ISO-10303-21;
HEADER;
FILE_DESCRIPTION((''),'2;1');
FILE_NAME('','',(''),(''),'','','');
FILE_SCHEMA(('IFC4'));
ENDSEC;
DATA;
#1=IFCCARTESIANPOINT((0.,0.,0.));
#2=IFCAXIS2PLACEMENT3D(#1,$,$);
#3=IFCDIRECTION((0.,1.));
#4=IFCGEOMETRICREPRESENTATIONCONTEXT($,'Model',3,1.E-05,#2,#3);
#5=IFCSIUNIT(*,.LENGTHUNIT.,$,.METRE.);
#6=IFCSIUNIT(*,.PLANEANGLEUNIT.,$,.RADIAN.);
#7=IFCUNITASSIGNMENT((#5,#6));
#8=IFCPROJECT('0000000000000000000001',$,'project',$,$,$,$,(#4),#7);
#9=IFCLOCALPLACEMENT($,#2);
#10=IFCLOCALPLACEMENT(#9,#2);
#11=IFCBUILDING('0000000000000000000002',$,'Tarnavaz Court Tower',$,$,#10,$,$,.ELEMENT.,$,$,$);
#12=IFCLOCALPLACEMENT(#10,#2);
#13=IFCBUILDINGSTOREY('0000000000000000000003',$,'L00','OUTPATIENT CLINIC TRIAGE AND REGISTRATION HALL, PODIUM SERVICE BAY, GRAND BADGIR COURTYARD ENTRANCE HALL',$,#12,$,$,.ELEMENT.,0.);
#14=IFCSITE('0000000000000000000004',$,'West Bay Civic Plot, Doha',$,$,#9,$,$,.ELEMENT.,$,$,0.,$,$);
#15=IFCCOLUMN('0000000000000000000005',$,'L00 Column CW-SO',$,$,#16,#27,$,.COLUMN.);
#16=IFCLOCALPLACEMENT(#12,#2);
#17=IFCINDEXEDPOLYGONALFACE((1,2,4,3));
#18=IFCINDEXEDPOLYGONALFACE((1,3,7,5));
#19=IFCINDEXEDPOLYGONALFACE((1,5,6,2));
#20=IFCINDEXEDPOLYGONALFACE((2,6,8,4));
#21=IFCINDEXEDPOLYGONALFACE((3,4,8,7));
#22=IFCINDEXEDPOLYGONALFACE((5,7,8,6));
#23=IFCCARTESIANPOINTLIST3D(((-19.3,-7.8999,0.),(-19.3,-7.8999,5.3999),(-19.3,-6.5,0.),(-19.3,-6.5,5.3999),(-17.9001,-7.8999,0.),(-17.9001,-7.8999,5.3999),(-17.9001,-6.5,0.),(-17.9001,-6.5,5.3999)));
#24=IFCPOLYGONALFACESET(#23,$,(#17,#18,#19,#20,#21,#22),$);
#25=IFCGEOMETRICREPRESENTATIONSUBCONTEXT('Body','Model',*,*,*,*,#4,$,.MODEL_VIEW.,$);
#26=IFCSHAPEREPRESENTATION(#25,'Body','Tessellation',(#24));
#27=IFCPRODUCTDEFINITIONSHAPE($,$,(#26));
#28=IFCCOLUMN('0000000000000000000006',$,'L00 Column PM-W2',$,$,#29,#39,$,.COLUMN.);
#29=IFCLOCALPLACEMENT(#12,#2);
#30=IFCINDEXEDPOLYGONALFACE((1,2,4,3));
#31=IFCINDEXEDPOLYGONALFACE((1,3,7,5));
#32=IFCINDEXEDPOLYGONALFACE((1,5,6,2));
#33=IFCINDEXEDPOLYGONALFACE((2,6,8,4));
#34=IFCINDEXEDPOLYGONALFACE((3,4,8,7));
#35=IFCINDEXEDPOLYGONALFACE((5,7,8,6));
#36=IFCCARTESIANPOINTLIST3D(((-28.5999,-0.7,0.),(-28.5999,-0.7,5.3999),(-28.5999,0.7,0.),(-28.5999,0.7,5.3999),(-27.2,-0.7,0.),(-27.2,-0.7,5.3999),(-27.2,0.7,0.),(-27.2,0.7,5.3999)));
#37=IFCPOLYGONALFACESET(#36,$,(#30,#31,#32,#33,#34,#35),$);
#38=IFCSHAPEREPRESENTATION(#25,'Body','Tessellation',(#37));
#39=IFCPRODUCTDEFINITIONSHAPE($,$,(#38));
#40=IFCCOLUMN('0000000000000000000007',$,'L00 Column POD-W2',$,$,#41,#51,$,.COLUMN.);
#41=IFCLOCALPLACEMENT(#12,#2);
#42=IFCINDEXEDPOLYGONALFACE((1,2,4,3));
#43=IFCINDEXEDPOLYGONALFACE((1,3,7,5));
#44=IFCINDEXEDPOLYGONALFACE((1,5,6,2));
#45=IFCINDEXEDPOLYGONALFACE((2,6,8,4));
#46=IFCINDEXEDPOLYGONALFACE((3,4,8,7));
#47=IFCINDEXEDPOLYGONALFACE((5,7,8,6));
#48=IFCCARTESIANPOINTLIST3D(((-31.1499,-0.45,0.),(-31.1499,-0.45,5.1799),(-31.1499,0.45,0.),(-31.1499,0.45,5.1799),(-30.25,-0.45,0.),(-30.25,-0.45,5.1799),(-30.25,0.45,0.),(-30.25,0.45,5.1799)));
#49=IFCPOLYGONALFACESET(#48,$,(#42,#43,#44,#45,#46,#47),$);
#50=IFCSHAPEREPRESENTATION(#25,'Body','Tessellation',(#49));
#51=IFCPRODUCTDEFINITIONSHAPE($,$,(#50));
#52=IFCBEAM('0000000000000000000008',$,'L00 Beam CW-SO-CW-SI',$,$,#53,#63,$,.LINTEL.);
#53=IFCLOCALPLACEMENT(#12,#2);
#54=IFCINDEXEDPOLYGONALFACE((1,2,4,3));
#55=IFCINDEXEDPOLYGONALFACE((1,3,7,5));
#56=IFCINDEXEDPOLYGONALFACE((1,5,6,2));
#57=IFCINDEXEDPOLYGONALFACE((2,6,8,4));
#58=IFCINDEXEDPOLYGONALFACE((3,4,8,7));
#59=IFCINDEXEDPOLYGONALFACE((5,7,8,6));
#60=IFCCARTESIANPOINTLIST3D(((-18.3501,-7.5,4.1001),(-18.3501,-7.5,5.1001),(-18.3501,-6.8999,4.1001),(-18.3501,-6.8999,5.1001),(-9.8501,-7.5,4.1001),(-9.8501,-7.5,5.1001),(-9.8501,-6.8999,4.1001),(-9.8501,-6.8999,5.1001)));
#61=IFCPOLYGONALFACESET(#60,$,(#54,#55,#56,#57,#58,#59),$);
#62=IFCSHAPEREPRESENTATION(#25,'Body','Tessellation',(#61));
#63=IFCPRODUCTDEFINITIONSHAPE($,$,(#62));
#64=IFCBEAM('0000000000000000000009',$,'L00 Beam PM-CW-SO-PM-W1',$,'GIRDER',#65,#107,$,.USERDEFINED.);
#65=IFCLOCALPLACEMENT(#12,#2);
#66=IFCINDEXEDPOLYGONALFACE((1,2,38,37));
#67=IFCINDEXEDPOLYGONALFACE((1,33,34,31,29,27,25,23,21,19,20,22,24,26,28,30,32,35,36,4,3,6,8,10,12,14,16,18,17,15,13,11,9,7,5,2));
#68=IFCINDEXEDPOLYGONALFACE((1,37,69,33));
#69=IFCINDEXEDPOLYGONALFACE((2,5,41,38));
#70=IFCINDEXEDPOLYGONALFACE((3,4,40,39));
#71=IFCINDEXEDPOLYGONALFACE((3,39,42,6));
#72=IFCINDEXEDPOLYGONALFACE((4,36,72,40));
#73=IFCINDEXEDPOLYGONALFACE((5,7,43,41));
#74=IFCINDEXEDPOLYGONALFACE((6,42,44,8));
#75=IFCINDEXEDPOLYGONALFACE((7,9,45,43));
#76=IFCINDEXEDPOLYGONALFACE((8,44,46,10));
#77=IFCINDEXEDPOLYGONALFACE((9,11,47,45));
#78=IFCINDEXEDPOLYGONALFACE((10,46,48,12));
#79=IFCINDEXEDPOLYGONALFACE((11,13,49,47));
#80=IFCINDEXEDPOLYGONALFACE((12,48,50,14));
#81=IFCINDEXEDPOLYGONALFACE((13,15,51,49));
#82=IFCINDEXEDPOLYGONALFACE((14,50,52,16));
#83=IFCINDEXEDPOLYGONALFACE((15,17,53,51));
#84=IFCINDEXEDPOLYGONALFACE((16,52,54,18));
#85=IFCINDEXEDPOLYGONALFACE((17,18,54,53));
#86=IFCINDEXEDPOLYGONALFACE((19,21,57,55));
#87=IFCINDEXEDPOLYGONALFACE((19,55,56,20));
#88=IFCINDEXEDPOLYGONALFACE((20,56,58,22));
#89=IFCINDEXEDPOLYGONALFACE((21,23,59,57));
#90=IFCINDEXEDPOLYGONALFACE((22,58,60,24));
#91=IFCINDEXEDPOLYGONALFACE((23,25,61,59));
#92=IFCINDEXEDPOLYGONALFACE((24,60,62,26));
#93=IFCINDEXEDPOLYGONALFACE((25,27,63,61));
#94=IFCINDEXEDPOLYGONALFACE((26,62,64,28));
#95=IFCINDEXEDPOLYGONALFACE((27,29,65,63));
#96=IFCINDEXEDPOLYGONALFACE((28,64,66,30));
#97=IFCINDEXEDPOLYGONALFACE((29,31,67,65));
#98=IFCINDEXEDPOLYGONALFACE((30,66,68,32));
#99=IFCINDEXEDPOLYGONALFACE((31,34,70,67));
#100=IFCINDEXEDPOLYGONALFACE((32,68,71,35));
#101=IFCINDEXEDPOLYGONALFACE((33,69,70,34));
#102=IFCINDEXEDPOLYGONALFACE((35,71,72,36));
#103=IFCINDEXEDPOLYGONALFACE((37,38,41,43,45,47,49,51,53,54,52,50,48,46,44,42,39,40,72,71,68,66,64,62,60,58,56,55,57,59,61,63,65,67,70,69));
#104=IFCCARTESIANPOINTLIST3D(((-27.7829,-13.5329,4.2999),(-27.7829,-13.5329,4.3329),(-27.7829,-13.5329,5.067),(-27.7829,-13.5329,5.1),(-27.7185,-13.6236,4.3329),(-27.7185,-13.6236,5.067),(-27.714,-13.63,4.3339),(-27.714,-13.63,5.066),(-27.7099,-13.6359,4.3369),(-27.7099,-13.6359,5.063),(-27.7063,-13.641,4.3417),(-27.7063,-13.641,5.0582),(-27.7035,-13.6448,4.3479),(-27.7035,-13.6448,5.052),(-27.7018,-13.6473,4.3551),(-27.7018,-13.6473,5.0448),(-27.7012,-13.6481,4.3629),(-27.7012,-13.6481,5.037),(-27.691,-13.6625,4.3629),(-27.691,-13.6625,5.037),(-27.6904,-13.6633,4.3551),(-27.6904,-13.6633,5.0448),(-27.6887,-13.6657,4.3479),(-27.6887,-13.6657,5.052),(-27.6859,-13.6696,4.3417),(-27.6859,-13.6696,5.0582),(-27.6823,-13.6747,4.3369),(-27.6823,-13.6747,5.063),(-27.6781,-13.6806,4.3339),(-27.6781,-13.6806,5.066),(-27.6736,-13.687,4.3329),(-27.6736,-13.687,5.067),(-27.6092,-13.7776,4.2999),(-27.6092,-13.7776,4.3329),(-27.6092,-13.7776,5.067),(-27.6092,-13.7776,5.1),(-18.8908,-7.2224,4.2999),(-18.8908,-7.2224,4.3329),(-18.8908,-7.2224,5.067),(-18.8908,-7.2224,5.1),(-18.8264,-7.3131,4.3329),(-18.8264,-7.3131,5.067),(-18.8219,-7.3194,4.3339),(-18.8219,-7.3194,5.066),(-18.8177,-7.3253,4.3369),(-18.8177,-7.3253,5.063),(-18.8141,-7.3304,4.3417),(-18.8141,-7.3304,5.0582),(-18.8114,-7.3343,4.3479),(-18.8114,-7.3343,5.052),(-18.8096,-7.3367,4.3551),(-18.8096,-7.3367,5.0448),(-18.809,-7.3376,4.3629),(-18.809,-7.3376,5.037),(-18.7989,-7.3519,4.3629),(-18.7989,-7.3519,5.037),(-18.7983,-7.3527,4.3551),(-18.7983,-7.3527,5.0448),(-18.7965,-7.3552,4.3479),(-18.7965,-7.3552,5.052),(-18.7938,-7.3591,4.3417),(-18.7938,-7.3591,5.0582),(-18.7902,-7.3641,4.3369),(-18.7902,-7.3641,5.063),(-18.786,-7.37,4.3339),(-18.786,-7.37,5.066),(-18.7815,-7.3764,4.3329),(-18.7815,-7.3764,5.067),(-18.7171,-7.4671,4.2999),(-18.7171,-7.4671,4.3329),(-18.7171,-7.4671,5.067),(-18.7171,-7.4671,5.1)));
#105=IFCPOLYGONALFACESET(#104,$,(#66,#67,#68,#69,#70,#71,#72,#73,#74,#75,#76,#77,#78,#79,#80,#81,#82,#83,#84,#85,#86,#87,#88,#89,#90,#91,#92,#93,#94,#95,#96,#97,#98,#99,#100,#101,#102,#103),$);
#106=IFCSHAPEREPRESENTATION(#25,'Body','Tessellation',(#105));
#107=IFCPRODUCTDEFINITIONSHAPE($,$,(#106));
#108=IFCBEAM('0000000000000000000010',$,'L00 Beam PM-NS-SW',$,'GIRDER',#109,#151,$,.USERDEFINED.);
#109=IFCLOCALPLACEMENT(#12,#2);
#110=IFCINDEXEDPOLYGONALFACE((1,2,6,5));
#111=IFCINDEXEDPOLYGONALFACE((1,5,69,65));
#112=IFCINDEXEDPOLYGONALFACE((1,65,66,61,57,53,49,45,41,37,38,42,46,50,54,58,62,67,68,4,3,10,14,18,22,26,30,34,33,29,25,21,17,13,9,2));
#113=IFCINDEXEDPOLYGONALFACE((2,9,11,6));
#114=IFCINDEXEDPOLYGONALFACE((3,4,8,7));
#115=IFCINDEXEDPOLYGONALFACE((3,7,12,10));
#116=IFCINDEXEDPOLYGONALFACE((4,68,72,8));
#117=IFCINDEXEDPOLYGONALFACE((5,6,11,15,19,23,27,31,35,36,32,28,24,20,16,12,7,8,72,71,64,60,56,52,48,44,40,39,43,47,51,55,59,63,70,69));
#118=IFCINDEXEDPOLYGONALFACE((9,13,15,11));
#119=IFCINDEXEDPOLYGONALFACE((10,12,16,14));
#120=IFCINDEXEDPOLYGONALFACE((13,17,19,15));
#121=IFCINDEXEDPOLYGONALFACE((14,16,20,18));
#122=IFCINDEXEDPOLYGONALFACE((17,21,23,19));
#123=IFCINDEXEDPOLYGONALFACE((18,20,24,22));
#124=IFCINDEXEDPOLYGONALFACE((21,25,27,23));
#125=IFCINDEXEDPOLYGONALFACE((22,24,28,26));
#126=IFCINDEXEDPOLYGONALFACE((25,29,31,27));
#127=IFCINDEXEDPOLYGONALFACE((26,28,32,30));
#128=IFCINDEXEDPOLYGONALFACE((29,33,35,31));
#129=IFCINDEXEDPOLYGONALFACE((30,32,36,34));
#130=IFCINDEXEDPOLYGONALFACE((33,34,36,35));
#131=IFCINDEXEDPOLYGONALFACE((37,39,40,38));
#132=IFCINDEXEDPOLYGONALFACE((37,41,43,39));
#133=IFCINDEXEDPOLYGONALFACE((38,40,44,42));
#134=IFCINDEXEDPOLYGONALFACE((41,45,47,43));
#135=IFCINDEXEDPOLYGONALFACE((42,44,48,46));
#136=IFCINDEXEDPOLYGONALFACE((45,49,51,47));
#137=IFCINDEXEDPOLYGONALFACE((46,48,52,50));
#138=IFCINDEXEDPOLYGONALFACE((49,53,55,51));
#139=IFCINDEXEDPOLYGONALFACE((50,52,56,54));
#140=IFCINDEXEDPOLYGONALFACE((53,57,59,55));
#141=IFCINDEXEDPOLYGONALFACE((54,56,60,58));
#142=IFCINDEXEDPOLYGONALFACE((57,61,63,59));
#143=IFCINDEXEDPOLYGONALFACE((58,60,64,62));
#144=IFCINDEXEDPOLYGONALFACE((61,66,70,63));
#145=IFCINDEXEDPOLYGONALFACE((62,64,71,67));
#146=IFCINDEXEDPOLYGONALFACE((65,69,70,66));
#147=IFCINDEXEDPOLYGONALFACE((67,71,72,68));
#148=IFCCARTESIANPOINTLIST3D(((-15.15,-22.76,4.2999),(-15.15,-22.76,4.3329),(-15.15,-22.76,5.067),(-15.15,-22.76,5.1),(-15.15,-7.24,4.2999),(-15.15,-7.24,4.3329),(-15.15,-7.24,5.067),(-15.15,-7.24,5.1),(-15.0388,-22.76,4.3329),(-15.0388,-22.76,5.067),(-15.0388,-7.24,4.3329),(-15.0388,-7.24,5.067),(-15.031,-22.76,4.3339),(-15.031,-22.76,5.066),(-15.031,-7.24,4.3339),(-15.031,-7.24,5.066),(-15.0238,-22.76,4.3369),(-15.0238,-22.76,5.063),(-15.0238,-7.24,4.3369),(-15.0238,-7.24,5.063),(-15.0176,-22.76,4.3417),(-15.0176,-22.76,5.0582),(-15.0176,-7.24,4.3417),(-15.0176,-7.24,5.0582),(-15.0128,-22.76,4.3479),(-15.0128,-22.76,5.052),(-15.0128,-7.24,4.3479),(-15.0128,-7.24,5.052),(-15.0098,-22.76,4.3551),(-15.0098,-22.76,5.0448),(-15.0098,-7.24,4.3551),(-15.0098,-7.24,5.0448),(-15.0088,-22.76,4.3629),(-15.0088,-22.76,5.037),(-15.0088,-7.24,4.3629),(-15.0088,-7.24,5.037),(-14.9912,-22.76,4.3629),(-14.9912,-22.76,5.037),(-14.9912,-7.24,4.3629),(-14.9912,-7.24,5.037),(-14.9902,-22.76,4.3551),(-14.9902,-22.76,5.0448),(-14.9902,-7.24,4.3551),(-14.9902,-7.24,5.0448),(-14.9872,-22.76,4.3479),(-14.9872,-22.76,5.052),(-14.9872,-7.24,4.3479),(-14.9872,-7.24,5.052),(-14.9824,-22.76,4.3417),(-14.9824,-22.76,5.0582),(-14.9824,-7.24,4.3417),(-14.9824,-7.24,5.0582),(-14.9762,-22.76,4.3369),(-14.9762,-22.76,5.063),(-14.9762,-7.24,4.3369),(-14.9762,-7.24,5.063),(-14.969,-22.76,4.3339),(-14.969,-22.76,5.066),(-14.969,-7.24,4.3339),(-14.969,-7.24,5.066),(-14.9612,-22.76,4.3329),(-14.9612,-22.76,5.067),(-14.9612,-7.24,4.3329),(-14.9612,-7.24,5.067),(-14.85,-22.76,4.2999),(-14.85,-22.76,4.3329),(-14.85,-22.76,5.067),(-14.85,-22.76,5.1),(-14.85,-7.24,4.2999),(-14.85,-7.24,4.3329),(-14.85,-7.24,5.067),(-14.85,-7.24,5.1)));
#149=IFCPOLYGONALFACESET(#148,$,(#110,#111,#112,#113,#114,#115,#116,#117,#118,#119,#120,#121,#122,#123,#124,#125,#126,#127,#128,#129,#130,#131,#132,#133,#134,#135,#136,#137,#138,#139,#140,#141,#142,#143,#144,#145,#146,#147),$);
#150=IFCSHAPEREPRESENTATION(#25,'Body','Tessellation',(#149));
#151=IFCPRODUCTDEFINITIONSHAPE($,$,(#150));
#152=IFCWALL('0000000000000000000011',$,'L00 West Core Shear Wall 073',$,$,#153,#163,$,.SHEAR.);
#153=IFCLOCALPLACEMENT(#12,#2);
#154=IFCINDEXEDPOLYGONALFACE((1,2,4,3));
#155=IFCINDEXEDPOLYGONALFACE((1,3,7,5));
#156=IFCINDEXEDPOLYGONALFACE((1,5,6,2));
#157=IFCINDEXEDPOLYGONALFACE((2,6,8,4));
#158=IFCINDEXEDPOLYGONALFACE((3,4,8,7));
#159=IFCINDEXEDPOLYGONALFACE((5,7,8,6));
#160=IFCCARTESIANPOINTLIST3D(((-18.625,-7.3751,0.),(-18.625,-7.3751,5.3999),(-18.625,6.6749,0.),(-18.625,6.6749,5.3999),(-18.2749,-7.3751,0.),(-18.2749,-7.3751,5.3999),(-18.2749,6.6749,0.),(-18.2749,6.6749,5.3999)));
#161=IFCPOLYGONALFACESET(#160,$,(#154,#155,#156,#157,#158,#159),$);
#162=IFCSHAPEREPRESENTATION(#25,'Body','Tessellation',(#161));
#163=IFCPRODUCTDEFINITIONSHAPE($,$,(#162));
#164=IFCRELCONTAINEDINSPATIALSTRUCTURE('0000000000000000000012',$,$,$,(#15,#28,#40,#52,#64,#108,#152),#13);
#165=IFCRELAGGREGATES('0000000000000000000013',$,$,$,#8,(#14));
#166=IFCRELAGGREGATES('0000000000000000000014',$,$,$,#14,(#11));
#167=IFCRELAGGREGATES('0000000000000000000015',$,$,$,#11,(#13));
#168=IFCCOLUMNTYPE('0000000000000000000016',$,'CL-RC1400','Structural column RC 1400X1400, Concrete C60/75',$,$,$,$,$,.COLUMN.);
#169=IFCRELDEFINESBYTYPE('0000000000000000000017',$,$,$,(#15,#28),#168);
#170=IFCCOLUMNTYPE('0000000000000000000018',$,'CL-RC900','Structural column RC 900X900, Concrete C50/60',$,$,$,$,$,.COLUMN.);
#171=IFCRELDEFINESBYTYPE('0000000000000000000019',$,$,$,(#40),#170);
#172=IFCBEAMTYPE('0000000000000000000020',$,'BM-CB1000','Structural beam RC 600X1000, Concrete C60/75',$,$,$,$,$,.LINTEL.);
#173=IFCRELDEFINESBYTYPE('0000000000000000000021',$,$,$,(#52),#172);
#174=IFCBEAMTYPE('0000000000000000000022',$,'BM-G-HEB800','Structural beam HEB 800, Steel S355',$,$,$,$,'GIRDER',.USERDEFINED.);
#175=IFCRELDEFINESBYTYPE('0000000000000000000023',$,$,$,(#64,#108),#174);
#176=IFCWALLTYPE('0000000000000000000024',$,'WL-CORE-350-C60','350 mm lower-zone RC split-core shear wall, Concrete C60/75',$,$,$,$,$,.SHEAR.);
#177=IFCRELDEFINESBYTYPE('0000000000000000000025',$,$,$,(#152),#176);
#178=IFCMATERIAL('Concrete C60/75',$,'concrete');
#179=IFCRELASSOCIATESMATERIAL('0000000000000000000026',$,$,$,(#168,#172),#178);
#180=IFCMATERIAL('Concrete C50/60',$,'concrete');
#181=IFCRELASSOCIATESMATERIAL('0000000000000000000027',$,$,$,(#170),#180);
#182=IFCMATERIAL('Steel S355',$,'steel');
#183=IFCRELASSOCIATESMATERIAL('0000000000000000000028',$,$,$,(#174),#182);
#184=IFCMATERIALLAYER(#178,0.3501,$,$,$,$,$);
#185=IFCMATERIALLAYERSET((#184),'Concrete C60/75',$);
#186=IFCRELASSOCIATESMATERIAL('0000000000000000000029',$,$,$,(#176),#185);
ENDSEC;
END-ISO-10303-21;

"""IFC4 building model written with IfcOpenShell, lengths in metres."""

from ifc_helpers import new_model, si_unit, direction, frame, frame_2d, origin, origin_2d, place, context, subcontext, project, spatial, rectangle, i_section, extrude, material, layer, layer_set, material_profile, profile_set, type_object, element, save


model = new_model("IFC4")

# Units and contexts
model_context = context("Model", 3, precision=1e-05, world=origin(), true_north=direction((0.0, 1.0)))
body_context = subcontext(model_context, "Body", "Model", "MODEL_VIEW")
ifc_project = project(units=[si_unit("LENGTHUNIT", "METRE"), si_unit("PLANEANGLEUNIT", "RADIAN")], contexts=[model_context])

# Site, building, storey
site_placement = place(None, origin())
site = spatial("IfcSite", under=ifc_project, at=site_placement, Name="West Bay Civic Plot, Doha", CompositionType="ELEMENT", RefElevation=0.0)
building_placement = place(site_placement, origin())
building = spatial("IfcBuilding", under=site, at=building_placement, Name="Tarnavaz Court Tower", CompositionType="ELEMENT")
storey_placement = place(building_placement, origin())
storey = spatial("IfcBuildingStorey", under=building, at=storey_placement, Name="L00", Description="OUTPATIENT CLINIC TRIAGE AND REGISTRATION HALL, PODIUM SERVICE BAY, GRAND BADGIR COURTYARD ENTRANCE HALL", CompositionType="ELEMENT", Elevation=0.0)

# Columns
ifc_material_1 = material(Name="Concrete C60/75", Category="concrete")
ifc_material_profile_1 = material_profile(ifc_material_1, rectangle(XDim=1.3999, YDim=1.3999, at=origin_2d()), Name="RC 1400X1400")
ifc_profile_set_1 = profile_set([ifc_material_profile_1], Name="Concrete C60/75")
column_type_1 = type_object("IfcColumnType", Name="CL-RC1400", Description="Structural column RC 1400X1400, Concrete C60/75", PredefinedType="COLUMN", material=ifc_profile_set_1)
for number, where, z_axis, x_axis, name in (
    (1, (-18.6001, -7.2, 0.0), (0.0, 0.0, 1.0), (1.0, 0.0, 0.0), "L00 Column CW-SO"),
    (2, (-27.8999, 0.0, 0.0), (0.0, 0.0, 1.0), (1.0, 0.0, 0.0), "L00 Column PM-W2"),
):
    element("IfcColumn", number, at=place(storey_placement, frame(where, z_axis=z_axis, x_axis=x_axis)), inside=storey, type_object=column_type_1, Name=name, PredefinedType="COLUMN", context=body_context, shape_type="SweptSolid", body=[
        extrude(rectangle(XDim=1.3999, YDim=1.3999, at=origin_2d()), origin(), (0.0, 0.0, 1.0), 5.3999),
    ])
ifc_material_2 = material(Name="Concrete C50/60", Category="concrete")
ifc_material_profile_2 = material_profile(ifc_material_2, rectangle(XDim=0.8999, YDim=0.8999, at=origin_2d()), Name="RC 900X900")
ifc_profile_set_2 = profile_set([ifc_material_profile_2], Name="Concrete C50/60")
column_type_2 = type_object("IfcColumnType", Name="CL-RC900", Description="Structural column RC 900X900, Concrete C50/60", PredefinedType="COLUMN", material=ifc_profile_set_2)
column_placement = place(storey_placement, frame((-30.7, 0.0, 0.0), z_axis=(0.0, 0.0, 1.0), x_axis=(1.0, 0.0, 0.0)))
element("IfcColumn", 3, at=column_placement, inside=storey, type_object=column_type_2, Name="L00 Column POD-W2", PredefinedType="COLUMN", context=body_context, shape_type="SweptSolid", body=[
    extrude(rectangle(XDim=0.8999, YDim=0.8999, at=origin_2d()), origin(), (0.0, 0.0, 1.0), 5.1799),
])

# Beams
ifc_material_profile_3 = material_profile(ifc_material_1, rectangle(XDim=0.6001, YDim=1.0, at=origin_2d()), Name="RC 600X1000")
ifc_profile_set_3 = profile_set([ifc_material_profile_3], Name="Concrete C60/75")
beam_type_1 = type_object("IfcBeamType", Name="BM-CB1000", Description="Structural beam RC 600X1000, Concrete C60/75", PredefinedType="LINTEL", material=ifc_profile_set_3)
beam_1_placement = place(storey_placement, frame((-18.3501, -7.2, 4.6001), z_axis=(1.0, 0.0, 0.0), x_axis=(0.0, 1.0, 0.0)))
element("IfcBeam", 4, at=beam_1_placement, inside=storey, type_object=beam_type_1, Name="L00 Beam CW-SO-CW-SI", PredefinedType="LINTEL", context=body_context, shape_type="SweptSolid", body=[
    extrude(rectangle(XDim=0.6001, YDim=1.0, at=origin_2d()), origin(), (0.0, 0.0, 1.0), 8.5),
])
ifc_material_3 = material(Name="Steel S355", Category="steel")
ifc_material_profile_4 = material_profile(ifc_material_3, i_section(OverallWidth=0.3, OverallDepth=0.8, WebThickness=0.0176, FlangeThickness=0.033, FilletRadius=0.03, at=origin_2d()), Name="HEB 800")
ifc_profile_set_4 = profile_set([ifc_material_profile_4], Name="Steel S355")
beam_type_2 = type_object("IfcBeamType", Name="BM-G-HEB800", Description="Structural beam HEB 800, Steel S355", ElementType="GIRDER", PredefinedType="USERDEFINED", material=ifc_profile_set_4)
beam_2_placement = place(storey_placement, frame((-18.804, -7.3447, 4.7), z_axis=(-0.815506, -0.578749, 0.0), x_axis=(0.578749, -0.815506, 0.0)))
element("IfcBeam", 5, at=beam_2_placement, inside=storey, type_object=beam_type_2, Name="L00 Beam PM-CW-SO-PM-W1", ObjectType="GIRDER", PredefinedType="USERDEFINED", context=body_context, shape_type="SweptSolid", body=[
    extrude(i_section(OverallWidth=0.3, OverallDepth=0.8, WebThickness=0.0176, FlangeThickness=0.033, FilletRadius=0.03, at=origin_2d()), origin(), (0.0, 0.0, 1.0), 10.9038),
])
beam_3_placement = place(storey_placement, frame((-15.0, -7.24, 4.7), z_axis=(0.0, -1.0, 0.0), x_axis=(1.0, 0.0, 0.0)))
element("IfcBeam", 6, at=beam_3_placement, inside=storey, type_object=beam_type_2, Name="L00 Beam PM-NS-SW", ObjectType="GIRDER", PredefinedType="USERDEFINED", context=body_context, shape_type="SweptSolid", body=[
    extrude(i_section(OverallWidth=0.3, OverallDepth=0.8, WebThickness=0.0176, FlangeThickness=0.033, FilletRadius=0.03, at=origin_2d()), origin(), (0.0, 0.0, 1.0), 15.52),
])

# Wall
ifc_layer_1 = layer(ifc_material_1, 0.3501)
ifc_layer_set_1 = layer_set([ifc_layer_1], Name="Concrete C60/75")
wall_type_1 = type_object("IfcWallType", Name="WL-CORE-350-C60", Description="350 mm lower-zone RC split-core shear wall, Concrete C60/75", PredefinedType="SHEAR", material=ifc_layer_set_1)
wall_1_placement = place(storey_placement, frame((-18.45, -7.375, 0.0), z_axis=(0.0, 0.0, 1.0), x_axis=(0.0, 1.0, 0.0)))
element("IfcWall", 7, at=wall_1_placement, inside=storey, type_object=wall_type_1, Name="L00 West Core Shear Wall 073", PredefinedType="SHEAR", context=body_context, shape_type="SweptSolid", body=[
    extrude(rectangle(XDim=14.05, YDim=0.3501, at=frame_2d((7.0249, 0.0))), origin(), (0.0, 0.0, 1.0), 5.3999),
])

save(model, "model.ifc")
